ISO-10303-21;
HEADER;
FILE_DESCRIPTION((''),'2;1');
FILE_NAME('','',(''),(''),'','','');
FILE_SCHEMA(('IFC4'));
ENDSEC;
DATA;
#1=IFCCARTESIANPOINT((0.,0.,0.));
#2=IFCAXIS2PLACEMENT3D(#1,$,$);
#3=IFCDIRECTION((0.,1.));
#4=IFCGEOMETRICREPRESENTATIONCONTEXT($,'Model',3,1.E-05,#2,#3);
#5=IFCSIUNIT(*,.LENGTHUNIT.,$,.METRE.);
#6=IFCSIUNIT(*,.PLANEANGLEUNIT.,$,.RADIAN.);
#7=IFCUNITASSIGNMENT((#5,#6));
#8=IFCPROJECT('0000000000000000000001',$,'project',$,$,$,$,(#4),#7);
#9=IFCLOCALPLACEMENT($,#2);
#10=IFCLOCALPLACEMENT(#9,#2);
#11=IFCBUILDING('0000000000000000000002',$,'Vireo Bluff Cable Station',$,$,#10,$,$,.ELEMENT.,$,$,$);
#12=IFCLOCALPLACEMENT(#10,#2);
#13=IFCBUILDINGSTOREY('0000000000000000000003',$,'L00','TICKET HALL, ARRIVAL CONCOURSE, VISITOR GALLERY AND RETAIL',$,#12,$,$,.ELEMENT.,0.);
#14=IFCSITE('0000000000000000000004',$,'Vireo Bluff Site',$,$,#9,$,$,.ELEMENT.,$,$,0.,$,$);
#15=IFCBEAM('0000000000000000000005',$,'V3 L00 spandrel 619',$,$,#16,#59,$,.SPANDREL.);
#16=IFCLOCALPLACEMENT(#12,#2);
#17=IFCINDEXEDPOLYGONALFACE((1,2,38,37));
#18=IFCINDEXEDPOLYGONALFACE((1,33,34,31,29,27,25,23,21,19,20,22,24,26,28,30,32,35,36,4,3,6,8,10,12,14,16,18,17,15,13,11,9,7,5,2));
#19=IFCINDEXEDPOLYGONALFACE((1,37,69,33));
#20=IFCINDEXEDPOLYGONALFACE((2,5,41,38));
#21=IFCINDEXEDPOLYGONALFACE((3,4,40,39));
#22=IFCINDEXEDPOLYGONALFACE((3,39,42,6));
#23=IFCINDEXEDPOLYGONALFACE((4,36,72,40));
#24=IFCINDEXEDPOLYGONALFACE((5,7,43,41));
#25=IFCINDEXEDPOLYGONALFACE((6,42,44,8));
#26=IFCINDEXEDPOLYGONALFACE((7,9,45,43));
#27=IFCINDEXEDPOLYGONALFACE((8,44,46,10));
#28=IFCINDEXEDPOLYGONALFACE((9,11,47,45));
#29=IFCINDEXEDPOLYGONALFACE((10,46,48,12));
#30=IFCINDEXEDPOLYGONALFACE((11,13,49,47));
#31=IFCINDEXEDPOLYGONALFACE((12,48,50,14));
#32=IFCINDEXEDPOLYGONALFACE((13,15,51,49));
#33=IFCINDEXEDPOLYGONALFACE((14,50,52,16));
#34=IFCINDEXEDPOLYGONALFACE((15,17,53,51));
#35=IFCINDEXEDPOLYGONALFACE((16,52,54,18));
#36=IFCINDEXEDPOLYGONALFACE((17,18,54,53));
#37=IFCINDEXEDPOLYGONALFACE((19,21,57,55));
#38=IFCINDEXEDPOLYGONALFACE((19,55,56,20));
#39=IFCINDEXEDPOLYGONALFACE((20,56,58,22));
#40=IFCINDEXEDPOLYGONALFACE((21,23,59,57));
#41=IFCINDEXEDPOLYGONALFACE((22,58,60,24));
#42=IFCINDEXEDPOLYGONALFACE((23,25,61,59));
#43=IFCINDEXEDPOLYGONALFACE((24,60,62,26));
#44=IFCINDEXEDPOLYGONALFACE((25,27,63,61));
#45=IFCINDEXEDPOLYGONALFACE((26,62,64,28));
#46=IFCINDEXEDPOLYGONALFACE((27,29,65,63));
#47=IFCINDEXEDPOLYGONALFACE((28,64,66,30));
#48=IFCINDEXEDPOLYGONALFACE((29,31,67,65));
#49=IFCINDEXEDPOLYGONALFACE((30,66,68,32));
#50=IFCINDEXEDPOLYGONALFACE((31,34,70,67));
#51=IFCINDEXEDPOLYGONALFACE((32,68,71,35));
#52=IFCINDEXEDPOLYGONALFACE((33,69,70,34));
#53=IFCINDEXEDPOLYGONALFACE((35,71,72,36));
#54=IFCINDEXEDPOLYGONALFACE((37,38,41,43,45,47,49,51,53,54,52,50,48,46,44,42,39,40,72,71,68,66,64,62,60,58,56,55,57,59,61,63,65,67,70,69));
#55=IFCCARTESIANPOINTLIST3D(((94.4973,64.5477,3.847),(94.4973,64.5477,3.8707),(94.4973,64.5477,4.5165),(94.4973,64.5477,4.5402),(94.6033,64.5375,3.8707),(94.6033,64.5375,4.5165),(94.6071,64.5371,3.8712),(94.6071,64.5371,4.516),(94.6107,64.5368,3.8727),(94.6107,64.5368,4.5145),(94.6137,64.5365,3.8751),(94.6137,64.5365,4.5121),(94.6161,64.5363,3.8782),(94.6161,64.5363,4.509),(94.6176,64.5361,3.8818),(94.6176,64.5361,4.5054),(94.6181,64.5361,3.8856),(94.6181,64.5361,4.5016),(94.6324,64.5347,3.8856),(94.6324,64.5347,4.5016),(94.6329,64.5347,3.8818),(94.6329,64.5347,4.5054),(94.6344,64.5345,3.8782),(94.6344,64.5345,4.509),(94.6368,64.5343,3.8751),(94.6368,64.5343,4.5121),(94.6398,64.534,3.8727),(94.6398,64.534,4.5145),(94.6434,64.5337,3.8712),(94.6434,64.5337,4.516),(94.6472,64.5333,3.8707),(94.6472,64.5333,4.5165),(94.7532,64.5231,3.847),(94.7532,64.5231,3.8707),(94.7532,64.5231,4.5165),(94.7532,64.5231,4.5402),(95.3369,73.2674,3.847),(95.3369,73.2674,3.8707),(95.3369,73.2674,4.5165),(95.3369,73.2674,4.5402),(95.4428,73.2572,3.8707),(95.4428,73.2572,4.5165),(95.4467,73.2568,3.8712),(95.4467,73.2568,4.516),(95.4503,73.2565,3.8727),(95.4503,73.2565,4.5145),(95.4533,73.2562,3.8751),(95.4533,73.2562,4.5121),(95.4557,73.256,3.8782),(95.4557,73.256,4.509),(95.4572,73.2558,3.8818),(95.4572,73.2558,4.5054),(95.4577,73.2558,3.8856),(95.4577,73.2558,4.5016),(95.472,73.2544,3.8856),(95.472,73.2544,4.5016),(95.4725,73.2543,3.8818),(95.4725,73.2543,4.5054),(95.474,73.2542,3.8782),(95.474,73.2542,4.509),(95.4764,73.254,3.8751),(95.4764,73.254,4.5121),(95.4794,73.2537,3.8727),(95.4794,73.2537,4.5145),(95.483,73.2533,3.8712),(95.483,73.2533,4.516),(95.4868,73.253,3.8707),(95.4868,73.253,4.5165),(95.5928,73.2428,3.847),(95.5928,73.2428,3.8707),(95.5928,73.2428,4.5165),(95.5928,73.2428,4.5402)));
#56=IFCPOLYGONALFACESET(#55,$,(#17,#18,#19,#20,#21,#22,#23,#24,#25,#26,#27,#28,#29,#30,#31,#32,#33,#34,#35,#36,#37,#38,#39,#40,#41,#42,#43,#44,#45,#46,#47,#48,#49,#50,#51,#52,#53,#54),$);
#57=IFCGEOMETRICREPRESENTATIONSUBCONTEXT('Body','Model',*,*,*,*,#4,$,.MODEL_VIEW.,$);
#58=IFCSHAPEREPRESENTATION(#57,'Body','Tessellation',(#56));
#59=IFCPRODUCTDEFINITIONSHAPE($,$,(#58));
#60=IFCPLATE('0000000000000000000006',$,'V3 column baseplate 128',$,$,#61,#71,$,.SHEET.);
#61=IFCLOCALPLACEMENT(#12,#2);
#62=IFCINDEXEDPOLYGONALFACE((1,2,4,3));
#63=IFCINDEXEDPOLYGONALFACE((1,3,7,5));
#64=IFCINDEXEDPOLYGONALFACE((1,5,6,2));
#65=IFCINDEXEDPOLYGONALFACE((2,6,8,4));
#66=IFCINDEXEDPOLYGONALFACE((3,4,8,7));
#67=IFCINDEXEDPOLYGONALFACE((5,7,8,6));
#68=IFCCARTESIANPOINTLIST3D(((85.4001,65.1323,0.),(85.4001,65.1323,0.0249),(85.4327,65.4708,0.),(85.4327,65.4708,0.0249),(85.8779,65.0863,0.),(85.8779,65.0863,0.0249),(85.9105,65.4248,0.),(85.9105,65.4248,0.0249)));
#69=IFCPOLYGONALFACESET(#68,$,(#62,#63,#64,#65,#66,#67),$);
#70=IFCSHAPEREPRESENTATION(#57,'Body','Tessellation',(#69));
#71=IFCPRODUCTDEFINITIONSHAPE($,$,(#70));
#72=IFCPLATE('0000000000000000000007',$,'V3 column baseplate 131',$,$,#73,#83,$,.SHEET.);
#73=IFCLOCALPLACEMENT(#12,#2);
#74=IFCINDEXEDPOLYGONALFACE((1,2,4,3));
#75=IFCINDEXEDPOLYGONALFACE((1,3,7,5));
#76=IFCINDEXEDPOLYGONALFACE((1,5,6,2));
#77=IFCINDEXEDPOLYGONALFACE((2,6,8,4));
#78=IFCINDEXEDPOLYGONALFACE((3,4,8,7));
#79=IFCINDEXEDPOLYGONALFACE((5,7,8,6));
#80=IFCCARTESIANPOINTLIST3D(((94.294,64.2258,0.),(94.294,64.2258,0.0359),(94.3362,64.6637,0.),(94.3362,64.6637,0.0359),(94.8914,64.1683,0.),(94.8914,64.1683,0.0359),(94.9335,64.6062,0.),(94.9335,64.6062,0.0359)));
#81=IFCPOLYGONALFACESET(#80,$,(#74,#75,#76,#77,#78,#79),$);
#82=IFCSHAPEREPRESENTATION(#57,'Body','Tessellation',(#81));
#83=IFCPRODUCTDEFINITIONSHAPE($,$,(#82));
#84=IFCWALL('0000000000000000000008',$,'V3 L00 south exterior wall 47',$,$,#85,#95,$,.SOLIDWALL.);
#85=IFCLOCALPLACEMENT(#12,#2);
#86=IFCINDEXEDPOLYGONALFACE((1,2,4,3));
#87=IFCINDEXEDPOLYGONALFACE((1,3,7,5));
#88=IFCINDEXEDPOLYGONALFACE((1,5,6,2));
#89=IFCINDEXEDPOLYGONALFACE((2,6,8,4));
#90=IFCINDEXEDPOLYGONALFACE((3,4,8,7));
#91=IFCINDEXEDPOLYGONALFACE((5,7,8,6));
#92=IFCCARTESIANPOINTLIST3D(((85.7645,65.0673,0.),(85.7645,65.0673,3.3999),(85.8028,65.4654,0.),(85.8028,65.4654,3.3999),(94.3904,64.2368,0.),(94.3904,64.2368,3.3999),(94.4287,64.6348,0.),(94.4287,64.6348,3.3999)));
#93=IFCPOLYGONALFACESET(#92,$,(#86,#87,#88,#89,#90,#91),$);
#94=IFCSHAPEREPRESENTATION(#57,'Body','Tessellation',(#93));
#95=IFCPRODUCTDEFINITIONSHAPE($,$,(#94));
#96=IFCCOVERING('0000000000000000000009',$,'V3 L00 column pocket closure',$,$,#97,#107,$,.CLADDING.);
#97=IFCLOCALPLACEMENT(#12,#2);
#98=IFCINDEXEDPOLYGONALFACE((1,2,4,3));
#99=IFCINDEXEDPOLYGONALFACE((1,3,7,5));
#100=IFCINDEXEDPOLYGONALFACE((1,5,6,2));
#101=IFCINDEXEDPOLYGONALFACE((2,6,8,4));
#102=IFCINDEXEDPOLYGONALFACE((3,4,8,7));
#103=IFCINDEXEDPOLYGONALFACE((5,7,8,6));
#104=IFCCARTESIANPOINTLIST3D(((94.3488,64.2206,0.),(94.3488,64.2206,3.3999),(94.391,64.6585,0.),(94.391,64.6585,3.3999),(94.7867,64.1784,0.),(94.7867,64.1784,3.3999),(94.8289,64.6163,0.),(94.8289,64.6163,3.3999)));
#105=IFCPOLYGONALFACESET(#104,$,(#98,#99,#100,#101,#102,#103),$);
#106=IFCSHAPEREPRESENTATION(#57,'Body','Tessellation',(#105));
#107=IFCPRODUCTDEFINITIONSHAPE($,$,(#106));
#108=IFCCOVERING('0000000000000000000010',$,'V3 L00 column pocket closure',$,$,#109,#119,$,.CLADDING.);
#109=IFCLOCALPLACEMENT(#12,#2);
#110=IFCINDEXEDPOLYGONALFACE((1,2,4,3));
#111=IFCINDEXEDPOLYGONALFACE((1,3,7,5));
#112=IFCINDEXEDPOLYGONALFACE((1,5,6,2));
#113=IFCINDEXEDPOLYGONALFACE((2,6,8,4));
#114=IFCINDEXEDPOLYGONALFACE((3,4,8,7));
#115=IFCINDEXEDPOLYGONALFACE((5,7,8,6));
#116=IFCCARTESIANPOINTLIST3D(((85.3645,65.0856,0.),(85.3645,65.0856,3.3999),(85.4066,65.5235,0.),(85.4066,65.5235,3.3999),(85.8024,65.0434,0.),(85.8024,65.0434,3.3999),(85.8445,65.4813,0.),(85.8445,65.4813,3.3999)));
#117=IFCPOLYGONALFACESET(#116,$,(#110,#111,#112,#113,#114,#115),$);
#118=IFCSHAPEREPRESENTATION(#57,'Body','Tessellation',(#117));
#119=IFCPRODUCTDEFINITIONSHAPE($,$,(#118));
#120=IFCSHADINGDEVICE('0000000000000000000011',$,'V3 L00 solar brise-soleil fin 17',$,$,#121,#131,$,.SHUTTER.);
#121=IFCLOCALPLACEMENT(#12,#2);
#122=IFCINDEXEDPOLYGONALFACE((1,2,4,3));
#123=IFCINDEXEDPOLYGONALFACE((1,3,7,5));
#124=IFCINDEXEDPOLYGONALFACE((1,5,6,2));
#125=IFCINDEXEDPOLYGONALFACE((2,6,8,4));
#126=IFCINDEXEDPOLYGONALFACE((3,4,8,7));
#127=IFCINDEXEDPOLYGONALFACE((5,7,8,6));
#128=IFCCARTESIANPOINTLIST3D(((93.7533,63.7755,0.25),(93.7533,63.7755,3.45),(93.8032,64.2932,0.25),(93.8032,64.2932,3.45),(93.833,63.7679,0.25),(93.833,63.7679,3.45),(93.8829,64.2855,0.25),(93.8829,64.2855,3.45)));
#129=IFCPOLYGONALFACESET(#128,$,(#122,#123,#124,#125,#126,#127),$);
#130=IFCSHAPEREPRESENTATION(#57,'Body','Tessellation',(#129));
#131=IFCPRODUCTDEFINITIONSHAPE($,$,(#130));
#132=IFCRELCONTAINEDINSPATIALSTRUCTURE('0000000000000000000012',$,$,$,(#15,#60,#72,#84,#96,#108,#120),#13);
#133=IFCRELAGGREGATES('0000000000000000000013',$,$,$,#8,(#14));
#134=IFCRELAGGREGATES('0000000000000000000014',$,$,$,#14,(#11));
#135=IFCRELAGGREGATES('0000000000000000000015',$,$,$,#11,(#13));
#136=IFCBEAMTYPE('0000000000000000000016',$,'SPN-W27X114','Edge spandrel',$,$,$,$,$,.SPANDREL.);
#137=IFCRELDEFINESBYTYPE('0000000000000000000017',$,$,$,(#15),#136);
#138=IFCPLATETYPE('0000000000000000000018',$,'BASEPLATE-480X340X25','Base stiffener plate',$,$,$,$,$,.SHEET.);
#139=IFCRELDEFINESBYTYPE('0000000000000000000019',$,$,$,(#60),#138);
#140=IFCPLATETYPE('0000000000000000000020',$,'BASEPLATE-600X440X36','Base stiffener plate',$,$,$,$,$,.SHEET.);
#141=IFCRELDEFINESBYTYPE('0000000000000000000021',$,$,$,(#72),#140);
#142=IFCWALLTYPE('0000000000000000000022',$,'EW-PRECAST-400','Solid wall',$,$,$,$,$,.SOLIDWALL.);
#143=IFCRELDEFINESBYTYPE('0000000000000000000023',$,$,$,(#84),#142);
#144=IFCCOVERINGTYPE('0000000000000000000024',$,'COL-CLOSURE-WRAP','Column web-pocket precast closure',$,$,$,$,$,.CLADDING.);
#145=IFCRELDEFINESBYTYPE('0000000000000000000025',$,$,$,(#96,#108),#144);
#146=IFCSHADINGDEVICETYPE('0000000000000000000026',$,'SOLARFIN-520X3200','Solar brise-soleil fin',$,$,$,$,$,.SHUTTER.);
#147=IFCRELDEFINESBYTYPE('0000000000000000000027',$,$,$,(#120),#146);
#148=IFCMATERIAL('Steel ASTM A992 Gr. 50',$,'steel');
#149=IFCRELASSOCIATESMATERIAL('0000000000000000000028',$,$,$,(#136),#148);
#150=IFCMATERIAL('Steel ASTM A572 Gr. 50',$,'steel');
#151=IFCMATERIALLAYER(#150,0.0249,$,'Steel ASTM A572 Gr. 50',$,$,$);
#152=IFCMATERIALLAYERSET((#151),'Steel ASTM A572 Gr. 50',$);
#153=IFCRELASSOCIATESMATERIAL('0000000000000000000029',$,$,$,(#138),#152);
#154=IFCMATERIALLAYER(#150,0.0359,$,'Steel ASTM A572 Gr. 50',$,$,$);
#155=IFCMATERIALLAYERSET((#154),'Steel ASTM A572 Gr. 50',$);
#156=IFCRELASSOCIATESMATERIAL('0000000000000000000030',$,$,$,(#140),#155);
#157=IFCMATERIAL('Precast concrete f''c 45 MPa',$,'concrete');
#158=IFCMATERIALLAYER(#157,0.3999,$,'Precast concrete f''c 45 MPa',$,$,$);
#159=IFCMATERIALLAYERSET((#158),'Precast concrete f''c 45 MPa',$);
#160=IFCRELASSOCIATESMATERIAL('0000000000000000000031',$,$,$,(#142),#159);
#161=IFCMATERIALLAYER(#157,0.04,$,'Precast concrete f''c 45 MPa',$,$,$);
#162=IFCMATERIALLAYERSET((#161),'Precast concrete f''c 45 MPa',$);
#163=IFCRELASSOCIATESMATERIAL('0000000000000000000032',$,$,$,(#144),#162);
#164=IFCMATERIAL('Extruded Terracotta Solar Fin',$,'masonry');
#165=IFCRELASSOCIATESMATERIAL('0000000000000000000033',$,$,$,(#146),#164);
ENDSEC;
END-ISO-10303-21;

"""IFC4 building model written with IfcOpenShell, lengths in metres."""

from ifc_helpers import new_model, si_unit, direction, frame, frame_2d, origin, origin_2d, place, context, subcontext, project, spatial, rectangle, i_section, extrude, material, layer, layer_set, material_profile, profile_set, type_object, element, save


model = new_model("IFC4")

# Units and contexts
model_context = context("Model", 3, precision=1e-05, world=origin(), true_north=direction((0.0, 1.0)))
body_context = subcontext(model_context, "Body", "Model", "MODEL_VIEW")
ifc_project = project(units=[si_unit("LENGTHUNIT", "METRE"), si_unit("PLANEANGLEUNIT", "RADIAN")], contexts=[model_context])

# Site, building, storey
site_placement = place(None, origin())
site = spatial("IfcSite", under=ifc_project, at=site_placement, Name="Vireo Bluff Site", CompositionType="ELEMENT", RefElevation=0.0)
building_placement = place(site_placement, origin())
building = spatial("IfcBuilding", under=site, at=building_placement, Name="Vireo Bluff Cable Station", CompositionType="ELEMENT")
storey_placement = place(building_placement, origin())
storey = spatial("IfcBuildingStorey", under=building, at=storey_placement, Name="L00", Description="TICKET HALL, ARRIVAL CONCOURSE, VISITOR GALLERY AND RETAIL", CompositionType="ELEMENT", Elevation=0.0)

# Shared definitions
ifc_material_1 = material(Name="Steel ASTM A992 Gr. 50", Category="steel")

# Beam
ifc_material_profile_1 = material_profile(ifc_material_1, i_section(OverallWidth=0.2571, OverallDepth=0.6931, WebThickness=0.0144, FlangeThickness=0.0237, FilletRadius=0.0149, at=origin_2d()), Name="W27X114")
ifc_profile_set_1 = profile_set([ifc_material_profile_1], Name="Steel ASTM A992 Gr. 50")
beam_type_1 = type_object("IfcBeamType", Name="SPN-W27X114", Description="Edge spandrel", PredefinedType="SPANDREL", material=ifc_profile_set_1)
beam_1_placement = place(storey_placement, frame((94.6252, 64.5354, 4.1936), z_axis=(0.095844, 0.995396, 0.0), x_axis=(-0.995396, 0.095844, 0.0)))
element("IfcBeam", 1, at=beam_1_placement, inside=storey, type_object=beam_type_1, Name="V3 L00 spandrel 619", PredefinedType="SPANDREL", context=body_context, shape_type="SweptSolid", body=[
    extrude(i_section(OverallWidth=0.2571, OverallDepth=0.6931, WebThickness=0.0144, FlangeThickness=0.0237, FilletRadius=0.0149, at=origin_2d()), origin(), (0.0, 0.0, 1.0), 8.76),
])

# Plates
ifc_material_2 = material(Name="Steel ASTM A572 Gr. 50", Category="steel")
ifc_layer_1 = layer(ifc_material_2, 0.0249, Name="Steel ASTM A572 Gr. 50")
ifc_layer_set_1 = layer_set([ifc_layer_1], Name="Steel ASTM A572 Gr. 50")
plate_type_1 = type_object("IfcPlateType", Name="BASEPLATE-480X340X25", Description="Base stiffener plate", PredefinedType="SHEET", material=ifc_layer_set_1)
plate_1_placement = place(storey_placement, frame((85.6553, 65.2786, 0.0), z_axis=(0.0, 0.0, 1.0), x_axis=(0.995396, -0.095846, 0.0)))
element("IfcPlate", 2, at=plate_1_placement, inside=storey, type_object=plate_type_1, Name="V3 column baseplate 128", PredefinedType="SHEET", context=body_context, shape_type="SweptSolid", body=[
    extrude(rectangle(XDim=0.48, YDim=0.3401, at=origin_2d()), origin(), (0.0, 0.0, 1.0), 0.0249),
])
ifc_layer_2 = layer(ifc_material_2, 0.0359, Name="Steel ASTM A572 Gr. 50")
ifc_layer_set_2 = layer_set([ifc_layer_2], Name="Steel ASTM A572 Gr. 50")
plate_type_2 = type_object("IfcPlateType", Name="BASEPLATE-600X440X36", Description="Base stiffener plate", PredefinedType="SHEET", material=ifc_layer_set_2)
plate_2_placement = place(storey_placement, frame((94.6138, 64.416, 0.0), z_axis=(0.0, 0.0, 1.0), x_axis=(0.995396, -0.095846, 0.0)))
element("IfcPlate", 3, at=plate_2_placement, inside=storey, type_object=plate_type_2, Name="V3 column baseplate 131", PredefinedType="SHEET", context=body_context, shape_type="SweptSolid", body=[
    extrude(rectangle(XDim=0.6001, YDim=0.4399, at=origin_2d()), origin(), (0.0, 0.0, 1.0), 0.0359),
])

# Wall
ifc_material_3 = material(Name="Precast concrete f'c 45 MPa", Category="concrete")
ifc_layer_3 = layer(ifc_material_3, 0.3999, Name="Precast concrete f'c 45 MPa")
ifc_layer_set_3 = layer_set([ifc_layer_3], Name="Precast concrete f'c 45 MPa")
wall_type = type_object("IfcWallType", Name="EW-PRECAST-400", Description="Solid wall", PredefinedType="SOLIDWALL", material=ifc_layer_set_3)
wall_placement = place(storey_placement, frame((94.4097, 64.4358, 0.0), z_axis=(0.0, 0.0, 1.0), x_axis=(-0.995396, 0.095843, 0.0)))
element("IfcWall", 4, at=wall_placement, inside=storey, type_object=wall_type, Name="V3 L00 south exterior wall 47", PredefinedType="SOLIDWALL", context=body_context, shape_type="SweptSolid", body=[
    extrude(rectangle(XDim=8.6658, YDim=0.3999, at=frame_2d((4.333, 0.0))), origin(), (0.0, 0.0, 1.0), 3.3999),
])

# Coverings
ifc_layer_4 = layer(ifc_material_3, 0.04, Name="Precast concrete f'c 45 MPa")
ifc_layer_set_4 = layer_set([ifc_layer_4], Name="Precast concrete f'c 45 MPa")
covering_type = type_object("IfcCoveringType", Name="COL-CLOSURE-WRAP", Description="Column web-pocket precast closure", PredefinedType="CLADDING", material=ifc_layer_set_4)
for number, where, z_axis, x_axis, name in (
    (5, (94.5889, 64.4185, 0.0), (0.0, 0.0, 1.0), (0.995396, -0.095846, 0.0), "V3 L00 column pocket closure"),
    (6, (85.6045, 65.2834, 0.0), (0.0, 0.0, 1.0), (0.995396, -0.095846, 0.0), "V3 L00 column pocket closure"),
):
    element("IfcCovering", number, at=place(storey_placement, frame(where, z_axis=z_axis, x_axis=x_axis)), inside=storey, type_object=covering_type, Name=name, PredefinedType="CLADDING", context=body_context, shape_type="SweptSolid", body=[
        extrude(rectangle(XDim=0.4399, YDim=0.4399, at=origin_2d()), origin(), (0.0, 0.0, 1.0), 3.3999),
    ])

# Shading device
ifc_material_4 = material(Name="Extruded Terracotta Solar Fin", Category="masonry")
shading_device_type = type_object("IfcShadingDeviceType", Name="SOLARFIN-520X3200", Description="Solar brise-soleil fin", PredefinedType="SHUTTER", material=ifc_material_4)
shading_device_placement = place(storey_placement, frame((93.8181, 64.0305, 0.25), z_axis=(0.0, 0.0, 1.0), x_axis=(-0.995396, 0.095846, 0.0)))
element("IfcShadingDevice", 7, at=shading_device_placement, inside=storey, type_object=shading_device_type, Name="V3 L00 solar brise-soleil fin 17", PredefinedType="SHUTTER", context=body_context, shape_type="SweptSolid", body=[
    extrude(rectangle(XDim=0.0801, YDim=0.52, at=origin_2d()), origin(), (0.0, 0.0, 1.0), 3.2),
])

save(model, "model.ifc")
